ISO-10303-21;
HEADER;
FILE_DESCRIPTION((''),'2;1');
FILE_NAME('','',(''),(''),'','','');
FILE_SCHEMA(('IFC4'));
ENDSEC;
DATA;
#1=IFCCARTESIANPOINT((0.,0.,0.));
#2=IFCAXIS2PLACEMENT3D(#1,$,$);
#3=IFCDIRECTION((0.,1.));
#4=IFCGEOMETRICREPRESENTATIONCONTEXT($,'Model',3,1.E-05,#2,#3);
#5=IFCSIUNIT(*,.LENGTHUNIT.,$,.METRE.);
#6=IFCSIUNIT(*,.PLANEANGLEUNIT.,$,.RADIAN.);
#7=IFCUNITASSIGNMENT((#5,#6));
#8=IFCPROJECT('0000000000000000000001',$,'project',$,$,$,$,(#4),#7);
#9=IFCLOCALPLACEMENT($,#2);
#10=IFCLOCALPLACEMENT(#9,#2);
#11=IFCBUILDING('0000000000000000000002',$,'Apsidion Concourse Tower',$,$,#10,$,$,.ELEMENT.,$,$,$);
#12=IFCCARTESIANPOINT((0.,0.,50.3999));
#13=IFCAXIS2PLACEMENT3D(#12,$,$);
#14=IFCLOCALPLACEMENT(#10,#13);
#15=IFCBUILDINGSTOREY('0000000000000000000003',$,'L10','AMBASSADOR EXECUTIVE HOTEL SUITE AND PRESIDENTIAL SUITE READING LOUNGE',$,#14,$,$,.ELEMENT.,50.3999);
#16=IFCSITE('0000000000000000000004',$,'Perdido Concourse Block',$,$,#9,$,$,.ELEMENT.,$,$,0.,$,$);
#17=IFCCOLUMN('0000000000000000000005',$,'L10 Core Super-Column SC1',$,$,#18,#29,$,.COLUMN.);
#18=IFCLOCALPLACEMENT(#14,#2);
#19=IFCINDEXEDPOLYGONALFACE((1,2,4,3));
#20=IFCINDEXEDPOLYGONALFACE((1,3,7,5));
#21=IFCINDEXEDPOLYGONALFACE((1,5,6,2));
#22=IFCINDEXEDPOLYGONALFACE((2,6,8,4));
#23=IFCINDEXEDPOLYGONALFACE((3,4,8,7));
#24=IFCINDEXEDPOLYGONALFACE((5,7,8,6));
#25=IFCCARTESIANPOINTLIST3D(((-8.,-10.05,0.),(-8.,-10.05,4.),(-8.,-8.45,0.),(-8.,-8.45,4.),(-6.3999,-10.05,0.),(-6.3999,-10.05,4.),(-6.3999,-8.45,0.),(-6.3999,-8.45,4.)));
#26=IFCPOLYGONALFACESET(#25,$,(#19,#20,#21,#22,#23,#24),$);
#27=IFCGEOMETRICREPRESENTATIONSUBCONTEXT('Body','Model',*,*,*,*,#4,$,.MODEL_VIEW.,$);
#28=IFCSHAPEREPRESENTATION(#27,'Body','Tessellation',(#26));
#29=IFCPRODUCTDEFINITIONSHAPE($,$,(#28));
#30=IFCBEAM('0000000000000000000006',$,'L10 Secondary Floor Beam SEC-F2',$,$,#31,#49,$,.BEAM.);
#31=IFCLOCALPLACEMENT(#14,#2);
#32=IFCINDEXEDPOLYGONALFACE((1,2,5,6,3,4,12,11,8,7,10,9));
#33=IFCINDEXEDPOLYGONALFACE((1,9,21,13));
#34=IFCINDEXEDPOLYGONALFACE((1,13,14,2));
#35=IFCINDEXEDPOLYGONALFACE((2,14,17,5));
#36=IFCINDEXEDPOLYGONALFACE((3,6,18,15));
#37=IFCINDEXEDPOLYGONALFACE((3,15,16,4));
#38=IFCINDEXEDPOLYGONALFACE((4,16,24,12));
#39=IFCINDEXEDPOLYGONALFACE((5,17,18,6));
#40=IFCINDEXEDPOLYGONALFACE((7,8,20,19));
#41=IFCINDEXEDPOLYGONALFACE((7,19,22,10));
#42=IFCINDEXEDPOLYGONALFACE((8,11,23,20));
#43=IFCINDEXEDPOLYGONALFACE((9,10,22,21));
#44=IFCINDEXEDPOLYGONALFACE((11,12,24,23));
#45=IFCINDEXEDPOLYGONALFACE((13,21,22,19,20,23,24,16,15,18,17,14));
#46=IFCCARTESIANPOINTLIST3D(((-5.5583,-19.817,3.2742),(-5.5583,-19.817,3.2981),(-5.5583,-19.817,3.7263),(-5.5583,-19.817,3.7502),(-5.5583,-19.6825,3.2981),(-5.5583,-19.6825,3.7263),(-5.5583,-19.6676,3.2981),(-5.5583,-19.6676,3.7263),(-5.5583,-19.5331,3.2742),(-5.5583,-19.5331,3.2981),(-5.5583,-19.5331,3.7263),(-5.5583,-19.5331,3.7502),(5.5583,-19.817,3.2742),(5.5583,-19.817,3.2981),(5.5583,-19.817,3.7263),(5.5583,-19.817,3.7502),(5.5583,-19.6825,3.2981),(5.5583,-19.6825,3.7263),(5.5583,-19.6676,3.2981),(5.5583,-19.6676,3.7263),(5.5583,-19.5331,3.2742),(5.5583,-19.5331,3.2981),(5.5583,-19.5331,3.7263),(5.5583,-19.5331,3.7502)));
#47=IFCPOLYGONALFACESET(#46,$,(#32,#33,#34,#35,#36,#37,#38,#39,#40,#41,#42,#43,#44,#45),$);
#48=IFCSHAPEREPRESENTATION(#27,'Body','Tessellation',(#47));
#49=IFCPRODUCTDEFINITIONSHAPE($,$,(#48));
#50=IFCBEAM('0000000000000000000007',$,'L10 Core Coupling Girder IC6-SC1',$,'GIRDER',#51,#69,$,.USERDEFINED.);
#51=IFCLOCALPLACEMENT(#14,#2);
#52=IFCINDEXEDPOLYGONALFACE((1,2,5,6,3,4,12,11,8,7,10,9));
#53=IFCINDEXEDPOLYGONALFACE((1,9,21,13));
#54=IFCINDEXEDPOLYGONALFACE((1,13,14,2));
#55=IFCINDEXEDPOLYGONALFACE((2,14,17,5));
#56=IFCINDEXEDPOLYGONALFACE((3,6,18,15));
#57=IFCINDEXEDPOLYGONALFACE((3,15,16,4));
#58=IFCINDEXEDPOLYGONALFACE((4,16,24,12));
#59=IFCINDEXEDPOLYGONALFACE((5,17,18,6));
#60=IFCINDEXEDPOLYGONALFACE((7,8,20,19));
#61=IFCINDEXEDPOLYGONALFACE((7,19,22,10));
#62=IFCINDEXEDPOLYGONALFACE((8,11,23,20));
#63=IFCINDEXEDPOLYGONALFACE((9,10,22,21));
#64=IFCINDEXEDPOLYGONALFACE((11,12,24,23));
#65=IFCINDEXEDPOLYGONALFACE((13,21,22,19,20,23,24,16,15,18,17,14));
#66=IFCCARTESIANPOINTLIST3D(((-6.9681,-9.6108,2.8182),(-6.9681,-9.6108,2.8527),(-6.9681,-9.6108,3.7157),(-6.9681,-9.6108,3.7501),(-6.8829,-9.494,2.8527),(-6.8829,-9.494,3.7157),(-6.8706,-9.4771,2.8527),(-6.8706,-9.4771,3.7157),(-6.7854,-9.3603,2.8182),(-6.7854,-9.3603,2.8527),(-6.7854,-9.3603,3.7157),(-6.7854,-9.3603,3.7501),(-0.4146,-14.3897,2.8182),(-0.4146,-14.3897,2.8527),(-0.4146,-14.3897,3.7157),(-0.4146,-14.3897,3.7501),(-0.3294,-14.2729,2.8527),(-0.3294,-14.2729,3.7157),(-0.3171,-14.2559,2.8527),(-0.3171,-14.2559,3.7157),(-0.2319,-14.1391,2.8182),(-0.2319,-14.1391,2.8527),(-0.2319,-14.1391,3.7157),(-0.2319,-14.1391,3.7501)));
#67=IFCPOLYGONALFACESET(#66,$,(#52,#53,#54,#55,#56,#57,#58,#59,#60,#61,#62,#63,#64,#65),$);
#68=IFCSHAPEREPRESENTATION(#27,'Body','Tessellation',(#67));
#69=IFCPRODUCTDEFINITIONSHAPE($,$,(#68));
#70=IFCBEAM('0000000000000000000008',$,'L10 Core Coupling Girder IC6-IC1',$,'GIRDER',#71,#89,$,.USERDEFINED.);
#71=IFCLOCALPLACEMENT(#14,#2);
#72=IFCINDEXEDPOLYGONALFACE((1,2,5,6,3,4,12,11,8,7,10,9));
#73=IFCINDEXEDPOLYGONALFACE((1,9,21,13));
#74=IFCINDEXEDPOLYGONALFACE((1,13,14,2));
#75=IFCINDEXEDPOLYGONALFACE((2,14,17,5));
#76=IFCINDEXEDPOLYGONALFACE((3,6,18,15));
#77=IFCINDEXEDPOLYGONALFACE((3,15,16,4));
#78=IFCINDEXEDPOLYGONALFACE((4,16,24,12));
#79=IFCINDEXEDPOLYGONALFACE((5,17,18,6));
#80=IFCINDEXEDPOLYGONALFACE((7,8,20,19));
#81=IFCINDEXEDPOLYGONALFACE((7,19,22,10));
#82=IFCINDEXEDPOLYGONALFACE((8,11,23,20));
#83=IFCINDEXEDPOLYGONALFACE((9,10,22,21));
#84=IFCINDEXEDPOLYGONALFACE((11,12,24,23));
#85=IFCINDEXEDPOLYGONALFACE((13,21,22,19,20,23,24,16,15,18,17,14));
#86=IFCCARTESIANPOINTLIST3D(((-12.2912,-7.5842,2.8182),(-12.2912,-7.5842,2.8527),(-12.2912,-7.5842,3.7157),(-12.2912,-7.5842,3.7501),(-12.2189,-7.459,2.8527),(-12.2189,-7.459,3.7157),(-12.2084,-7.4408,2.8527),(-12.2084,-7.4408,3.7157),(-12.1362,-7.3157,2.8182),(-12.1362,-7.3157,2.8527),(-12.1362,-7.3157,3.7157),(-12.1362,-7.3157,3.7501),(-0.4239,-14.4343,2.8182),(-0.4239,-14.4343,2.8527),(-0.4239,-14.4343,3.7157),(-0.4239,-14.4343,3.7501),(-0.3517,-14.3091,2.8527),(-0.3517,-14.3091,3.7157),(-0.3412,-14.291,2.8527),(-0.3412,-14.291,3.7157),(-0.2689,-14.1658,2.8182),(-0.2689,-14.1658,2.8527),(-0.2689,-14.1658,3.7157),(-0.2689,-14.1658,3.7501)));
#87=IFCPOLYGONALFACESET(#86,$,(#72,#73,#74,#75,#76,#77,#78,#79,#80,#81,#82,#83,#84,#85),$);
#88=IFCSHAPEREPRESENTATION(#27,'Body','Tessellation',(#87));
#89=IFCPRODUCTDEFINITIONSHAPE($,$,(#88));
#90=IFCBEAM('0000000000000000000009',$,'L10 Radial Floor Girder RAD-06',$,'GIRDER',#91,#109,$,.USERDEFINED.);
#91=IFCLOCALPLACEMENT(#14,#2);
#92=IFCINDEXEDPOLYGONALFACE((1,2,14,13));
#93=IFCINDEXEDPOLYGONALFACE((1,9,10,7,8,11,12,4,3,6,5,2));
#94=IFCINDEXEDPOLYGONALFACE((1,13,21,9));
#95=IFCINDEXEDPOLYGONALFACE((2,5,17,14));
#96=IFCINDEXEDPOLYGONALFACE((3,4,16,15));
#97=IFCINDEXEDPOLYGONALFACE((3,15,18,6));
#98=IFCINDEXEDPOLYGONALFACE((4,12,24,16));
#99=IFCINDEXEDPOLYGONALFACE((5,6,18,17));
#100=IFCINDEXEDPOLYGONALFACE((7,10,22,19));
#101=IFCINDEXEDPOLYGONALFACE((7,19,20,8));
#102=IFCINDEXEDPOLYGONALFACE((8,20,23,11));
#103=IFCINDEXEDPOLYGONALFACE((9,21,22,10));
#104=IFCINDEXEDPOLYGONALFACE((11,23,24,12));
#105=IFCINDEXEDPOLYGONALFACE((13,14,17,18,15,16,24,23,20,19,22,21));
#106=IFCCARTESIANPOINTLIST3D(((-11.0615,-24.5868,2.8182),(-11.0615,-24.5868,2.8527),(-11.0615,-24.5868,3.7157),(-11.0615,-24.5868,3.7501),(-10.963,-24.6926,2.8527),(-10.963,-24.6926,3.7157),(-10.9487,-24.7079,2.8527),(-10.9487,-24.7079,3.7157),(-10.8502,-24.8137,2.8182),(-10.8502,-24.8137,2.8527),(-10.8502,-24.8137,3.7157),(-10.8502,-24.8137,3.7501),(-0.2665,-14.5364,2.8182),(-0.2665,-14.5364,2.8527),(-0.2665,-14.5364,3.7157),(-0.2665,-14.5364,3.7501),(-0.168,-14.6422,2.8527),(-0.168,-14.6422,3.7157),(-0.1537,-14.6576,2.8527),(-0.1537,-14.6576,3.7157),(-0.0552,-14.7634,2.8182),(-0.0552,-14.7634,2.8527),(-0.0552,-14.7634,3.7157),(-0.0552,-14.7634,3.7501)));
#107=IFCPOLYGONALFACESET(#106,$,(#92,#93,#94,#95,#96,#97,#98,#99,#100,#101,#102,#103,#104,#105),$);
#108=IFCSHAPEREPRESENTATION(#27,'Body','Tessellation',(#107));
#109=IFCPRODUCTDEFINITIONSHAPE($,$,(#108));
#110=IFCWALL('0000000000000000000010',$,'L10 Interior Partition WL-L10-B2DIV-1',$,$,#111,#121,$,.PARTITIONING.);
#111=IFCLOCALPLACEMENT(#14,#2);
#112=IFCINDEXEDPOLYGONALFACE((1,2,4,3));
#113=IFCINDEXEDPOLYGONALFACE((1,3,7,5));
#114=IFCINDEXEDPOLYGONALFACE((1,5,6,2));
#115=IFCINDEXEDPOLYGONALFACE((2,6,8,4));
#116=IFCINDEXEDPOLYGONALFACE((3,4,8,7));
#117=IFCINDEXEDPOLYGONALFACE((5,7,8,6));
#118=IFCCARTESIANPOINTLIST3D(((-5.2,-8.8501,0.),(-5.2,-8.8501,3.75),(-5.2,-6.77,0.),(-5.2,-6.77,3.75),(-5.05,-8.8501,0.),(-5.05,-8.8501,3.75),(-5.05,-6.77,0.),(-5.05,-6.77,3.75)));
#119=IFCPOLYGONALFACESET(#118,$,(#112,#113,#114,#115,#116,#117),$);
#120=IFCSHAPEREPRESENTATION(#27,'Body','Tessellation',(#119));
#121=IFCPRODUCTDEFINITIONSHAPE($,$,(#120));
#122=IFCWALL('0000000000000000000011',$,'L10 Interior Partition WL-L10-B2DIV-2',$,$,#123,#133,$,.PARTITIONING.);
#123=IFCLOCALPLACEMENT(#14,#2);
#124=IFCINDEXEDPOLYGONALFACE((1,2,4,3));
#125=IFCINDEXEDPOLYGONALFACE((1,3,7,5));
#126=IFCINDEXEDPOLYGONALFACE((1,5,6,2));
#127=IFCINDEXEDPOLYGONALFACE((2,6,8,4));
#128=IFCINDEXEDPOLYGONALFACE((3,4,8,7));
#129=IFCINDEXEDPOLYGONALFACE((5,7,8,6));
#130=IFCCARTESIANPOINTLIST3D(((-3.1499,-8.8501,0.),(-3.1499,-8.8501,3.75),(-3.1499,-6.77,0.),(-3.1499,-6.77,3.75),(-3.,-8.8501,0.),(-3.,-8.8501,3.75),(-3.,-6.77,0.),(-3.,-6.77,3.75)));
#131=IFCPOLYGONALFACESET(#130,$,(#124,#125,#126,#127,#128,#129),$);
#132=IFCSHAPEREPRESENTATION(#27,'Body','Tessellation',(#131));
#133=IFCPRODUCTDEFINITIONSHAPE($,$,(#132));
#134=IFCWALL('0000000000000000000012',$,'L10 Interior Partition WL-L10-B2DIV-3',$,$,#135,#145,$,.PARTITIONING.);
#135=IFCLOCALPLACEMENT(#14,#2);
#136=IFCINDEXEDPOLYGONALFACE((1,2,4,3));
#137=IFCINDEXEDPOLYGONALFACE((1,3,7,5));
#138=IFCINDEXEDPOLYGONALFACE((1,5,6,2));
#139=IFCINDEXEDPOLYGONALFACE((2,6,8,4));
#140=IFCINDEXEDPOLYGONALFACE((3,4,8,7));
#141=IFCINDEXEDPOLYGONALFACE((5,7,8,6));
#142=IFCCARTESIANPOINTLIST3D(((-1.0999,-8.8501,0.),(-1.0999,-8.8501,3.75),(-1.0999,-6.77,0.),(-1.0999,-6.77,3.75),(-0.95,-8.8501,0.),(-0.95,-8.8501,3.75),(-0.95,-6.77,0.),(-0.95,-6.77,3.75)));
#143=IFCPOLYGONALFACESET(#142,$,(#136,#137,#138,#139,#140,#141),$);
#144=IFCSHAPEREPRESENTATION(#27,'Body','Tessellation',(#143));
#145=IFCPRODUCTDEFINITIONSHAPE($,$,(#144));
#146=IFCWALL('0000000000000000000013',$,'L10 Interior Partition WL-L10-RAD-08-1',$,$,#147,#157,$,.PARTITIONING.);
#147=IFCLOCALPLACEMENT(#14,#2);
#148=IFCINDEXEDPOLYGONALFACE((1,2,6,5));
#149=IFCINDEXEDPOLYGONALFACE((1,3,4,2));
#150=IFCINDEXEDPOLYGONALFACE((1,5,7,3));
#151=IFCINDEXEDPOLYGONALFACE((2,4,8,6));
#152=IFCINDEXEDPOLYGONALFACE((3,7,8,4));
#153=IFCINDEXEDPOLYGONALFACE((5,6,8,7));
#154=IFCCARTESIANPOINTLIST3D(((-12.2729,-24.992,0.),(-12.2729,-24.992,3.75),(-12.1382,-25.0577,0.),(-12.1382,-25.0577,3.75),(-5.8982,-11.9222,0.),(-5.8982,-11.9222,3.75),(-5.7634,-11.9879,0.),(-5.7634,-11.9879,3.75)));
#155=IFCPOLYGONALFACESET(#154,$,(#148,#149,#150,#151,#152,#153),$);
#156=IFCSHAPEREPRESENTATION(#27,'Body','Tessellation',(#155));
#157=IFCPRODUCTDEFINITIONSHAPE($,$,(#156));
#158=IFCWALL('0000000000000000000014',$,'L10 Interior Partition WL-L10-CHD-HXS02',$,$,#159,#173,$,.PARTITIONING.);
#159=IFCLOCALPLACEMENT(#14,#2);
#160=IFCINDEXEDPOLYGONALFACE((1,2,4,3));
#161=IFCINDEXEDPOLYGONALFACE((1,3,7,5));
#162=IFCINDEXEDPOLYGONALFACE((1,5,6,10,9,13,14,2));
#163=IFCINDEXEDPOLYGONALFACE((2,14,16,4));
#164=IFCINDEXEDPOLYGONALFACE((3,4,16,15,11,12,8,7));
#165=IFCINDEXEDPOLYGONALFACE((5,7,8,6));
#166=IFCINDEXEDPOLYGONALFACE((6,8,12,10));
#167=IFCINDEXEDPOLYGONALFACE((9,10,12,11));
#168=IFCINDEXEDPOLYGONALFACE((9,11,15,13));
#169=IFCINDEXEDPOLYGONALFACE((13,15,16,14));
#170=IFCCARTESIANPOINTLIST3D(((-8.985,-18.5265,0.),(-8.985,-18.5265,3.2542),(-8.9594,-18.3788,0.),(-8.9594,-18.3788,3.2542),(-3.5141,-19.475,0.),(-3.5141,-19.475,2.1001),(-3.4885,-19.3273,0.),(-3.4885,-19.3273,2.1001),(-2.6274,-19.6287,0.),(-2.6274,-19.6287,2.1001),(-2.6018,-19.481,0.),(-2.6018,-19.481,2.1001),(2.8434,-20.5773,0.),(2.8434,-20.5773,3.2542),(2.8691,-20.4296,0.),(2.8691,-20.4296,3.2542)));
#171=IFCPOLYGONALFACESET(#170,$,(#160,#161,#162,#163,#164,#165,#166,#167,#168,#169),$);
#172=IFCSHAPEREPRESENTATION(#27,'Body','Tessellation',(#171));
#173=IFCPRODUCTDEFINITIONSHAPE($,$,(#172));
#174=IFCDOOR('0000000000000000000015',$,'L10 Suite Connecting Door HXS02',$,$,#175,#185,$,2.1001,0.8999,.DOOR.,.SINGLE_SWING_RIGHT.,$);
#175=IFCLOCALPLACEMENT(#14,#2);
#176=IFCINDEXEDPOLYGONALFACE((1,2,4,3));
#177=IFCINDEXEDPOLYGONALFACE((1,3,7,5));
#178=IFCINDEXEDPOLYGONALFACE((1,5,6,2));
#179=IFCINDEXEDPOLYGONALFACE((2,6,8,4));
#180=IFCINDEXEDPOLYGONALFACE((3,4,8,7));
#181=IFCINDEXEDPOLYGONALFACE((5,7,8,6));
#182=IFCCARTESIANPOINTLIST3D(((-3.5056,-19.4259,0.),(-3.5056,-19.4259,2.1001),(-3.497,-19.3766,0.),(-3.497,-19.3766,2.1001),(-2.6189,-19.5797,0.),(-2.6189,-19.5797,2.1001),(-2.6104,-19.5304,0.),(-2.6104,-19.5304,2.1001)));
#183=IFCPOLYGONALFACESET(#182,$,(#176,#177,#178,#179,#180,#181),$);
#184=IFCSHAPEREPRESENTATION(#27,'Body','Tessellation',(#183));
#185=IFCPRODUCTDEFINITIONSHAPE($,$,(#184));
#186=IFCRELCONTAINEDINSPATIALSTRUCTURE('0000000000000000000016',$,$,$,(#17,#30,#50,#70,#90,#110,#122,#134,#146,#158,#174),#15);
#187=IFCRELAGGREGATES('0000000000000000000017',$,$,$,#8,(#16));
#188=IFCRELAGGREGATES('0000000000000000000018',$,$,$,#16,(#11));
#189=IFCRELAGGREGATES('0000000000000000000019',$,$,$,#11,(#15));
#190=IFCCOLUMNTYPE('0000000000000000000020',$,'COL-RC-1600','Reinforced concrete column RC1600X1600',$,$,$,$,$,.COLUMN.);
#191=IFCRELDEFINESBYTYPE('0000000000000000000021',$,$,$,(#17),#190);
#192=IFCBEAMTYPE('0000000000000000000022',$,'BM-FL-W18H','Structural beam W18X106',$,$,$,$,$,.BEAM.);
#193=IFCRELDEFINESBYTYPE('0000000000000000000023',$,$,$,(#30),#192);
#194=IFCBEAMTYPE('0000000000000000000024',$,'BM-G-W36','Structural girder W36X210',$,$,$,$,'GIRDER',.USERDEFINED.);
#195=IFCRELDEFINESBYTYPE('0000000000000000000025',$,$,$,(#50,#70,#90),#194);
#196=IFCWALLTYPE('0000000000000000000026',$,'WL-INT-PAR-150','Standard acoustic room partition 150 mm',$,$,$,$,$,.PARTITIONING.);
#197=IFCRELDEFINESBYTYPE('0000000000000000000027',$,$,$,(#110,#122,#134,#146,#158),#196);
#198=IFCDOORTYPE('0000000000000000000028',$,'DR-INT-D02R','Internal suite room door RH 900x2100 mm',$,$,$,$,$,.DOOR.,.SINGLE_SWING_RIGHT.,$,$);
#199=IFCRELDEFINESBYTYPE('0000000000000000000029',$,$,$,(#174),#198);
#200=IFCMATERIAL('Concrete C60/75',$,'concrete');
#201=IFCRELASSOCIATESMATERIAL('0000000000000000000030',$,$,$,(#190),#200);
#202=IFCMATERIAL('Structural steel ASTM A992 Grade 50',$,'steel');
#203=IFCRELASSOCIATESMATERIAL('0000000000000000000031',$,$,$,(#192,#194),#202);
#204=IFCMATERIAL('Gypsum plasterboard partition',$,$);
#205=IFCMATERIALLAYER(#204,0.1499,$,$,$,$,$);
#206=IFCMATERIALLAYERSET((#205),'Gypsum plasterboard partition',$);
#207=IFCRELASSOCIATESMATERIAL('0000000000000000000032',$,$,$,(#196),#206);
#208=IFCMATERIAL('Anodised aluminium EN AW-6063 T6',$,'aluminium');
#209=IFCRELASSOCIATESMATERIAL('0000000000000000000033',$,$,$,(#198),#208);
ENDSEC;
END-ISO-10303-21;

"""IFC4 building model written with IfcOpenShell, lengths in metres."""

from ifc_helpers import new_model, si_unit, direction, frame, frame_2d, origin, origin_2d, place, context, subcontext, project, spatial, rectangle, i_section, extrude, material, layer, layer_set, material_profile, profile_set, type_object, element, fill, save


model = new_model("IFC4")

# Units and contexts
model_context = context("Model", 3, precision=1e-05, world=origin(), true_north=direction((0.0, 1.0)))
body_context = subcontext(model_context, "Body", "Model", "MODEL_VIEW")
ifc_project = project(units=[si_unit("LENGTHUNIT", "METRE"), si_unit("PLANEANGLEUNIT", "RADIAN")], contexts=[model_context])

# Site, building, storey
site_placement = place(None, origin())
site = spatial("IfcSite", under=ifc_project, at=site_placement, Name="Perdido Concourse Block", CompositionType="ELEMENT", RefElevation=0.0)
building_placement = place(site_placement, origin())
building = spatial("IfcBuilding", under=site, at=building_placement, Name="Apsidion Concourse Tower", CompositionType="ELEMENT")
storey_placement = place(building_placement, frame((0.0, 0.0, 50.3999)))
storey = spatial("IfcBuildingStorey", under=building, at=storey_placement, Name="L10", Description="AMBASSADOR EXECUTIVE HOTEL SUITE AND PRESIDENTIAL SUITE READING LOUNGE", CompositionType="ELEMENT", Elevation=50.3999)

# Column
ifc_material_1 = material(Name="Concrete C60/75", Category="concrete")
ifc_material_profile_1 = material_profile(ifc_material_1, rectangle(XDim=1.6001, YDim=1.6001, at=origin_2d()), Name="RC 1600x1600")
ifc_profile_set_1 = profile_set([ifc_material_profile_1], Name="Concrete C60/75")
column_type = type_object("IfcColumnType", Name="COL-RC-1600", Description="Reinforced concrete column RC1600X1600", PredefinedType="COLUMN", material=ifc_profile_set_1)
column_placement = place(storey_placement, frame((-7.2, -9.25, 0.0), z_axis=(0.0, 0.0, 1.0), x_axis=(1.0, 0.0, 0.0)))
element("IfcColumn", 1, at=column_placement, inside=storey, type_object=column_type, Name="L10 Core Super-Column SC1", PredefinedType="COLUMN", context=body_context, shape_type="SweptSolid", body=[
    extrude(rectangle(XDim=1.6001, YDim=1.6001, at=origin_2d()), origin(), (0.0, 0.0, 1.0), 4.0),
])

# Beams
ifc_material_2 = material(Name="Structural steel ASTM A992 Grade 50", Category="steel")
ifc_material_profile_2 = material_profile(ifc_material_2, i_section(OverallWidth=0.2839, OverallDepth=0.4761, WebThickness=0.0149, FlangeThickness=0.0239, at=origin_2d()), Name="W18X106")
ifc_profile_set_2 = profile_set([ifc_material_profile_2], Name="Structural steel ASTM A992 Grade 50")
beam_type_1 = type_object("IfcBeamType", Name="BM-FL-W18H", Description="Structural beam W18X106", PredefinedType="BEAM", material=ifc_profile_set_2)
beam_1_placement = place(storey_placement, frame((-5.5583, -19.675, 3.5122), z_axis=(1.0, 0.0, 0.0), x_axis=(0.0, 1.0, 0.0)))
element("IfcBeam", 2, at=beam_1_placement, inside=storey, type_object=beam_type_1, Name="L10 Secondary Floor Beam SEC-F2", PredefinedType="BEAM", context=body_context, shape_type="SweptSolid", body=[
    extrude(i_section(OverallWidth=0.2839, OverallDepth=0.4761, WebThickness=0.0149, FlangeThickness=0.0239, at=origin_2d()), origin(), (0.0, 0.0, 1.0), 11.1167),
])
ifc_material_profile_3 = material_profile(ifc_material_2, i_section(OverallWidth=0.3101, OverallDepth=0.9319, WebThickness=0.021, FlangeThickness=0.0344, at=origin_2d()), Name="W36X210")
ifc_profile_set_3 = profile_set([ifc_material_profile_3], Name="Structural steel ASTM A992 Grade 50")
beam_type_2 = type_object("IfcBeamType", Name="BM-G-W36", Description="Structural girder W36X210", ElementType="GIRDER", PredefinedType="USERDEFINED", material=ifc_profile_set_3)
beam_2_placement = place(storey_placement, frame((-0.3232, -14.2644, 3.2842), z_axis=(-0.807993, 0.589191, 0.0), x_axis=(-0.589191, -0.807993, 0.0)))
element("IfcBeam", 3, at=beam_2_placement, inside=storey, type_object=beam_type_2, Name="L10 Core Coupling Girder IC6-SC1", ObjectType="GIRDER", PredefinedType="USERDEFINED", context=body_context, shape_type="SweptSolid", body=[
    extrude(i_section(OverallWidth=0.3101, OverallDepth=0.9319, WebThickness=0.021, FlangeThickness=0.0344, at=origin_2d()), origin(), (0.0, 0.0, 1.0), 8.1108),
])
beam_3_placement = place(storey_placement, frame((-0.3464, -14.3, 3.2842), z_axis=(-0.86607, 0.499922, 0.0), x_axis=(-0.499922, -0.86607, 0.0)))
element("IfcBeam", 4, at=beam_3_placement, inside=storey, type_object=beam_type_2, Name="L10 Core Coupling Girder IC6-IC1", ObjectType="GIRDER", PredefinedType="USERDEFINED", context=body_context, shape_type="SweptSolid", body=[
    extrude(i_section(OverallWidth=0.3101, OverallDepth=0.9319, WebThickness=0.021, FlangeThickness=0.0344, at=origin_2d()), origin(), (0.0, 0.0, 1.0), 13.7024),
])
beam_4_placement = place(storey_placement, frame((-0.1609, -14.6499, 3.2842), z_axis=(-0.731899, -0.681413, 0.0), x_axis=(0.681413, -0.731899, 0.0)))
element("IfcBeam", 5, at=beam_4_placement, inside=storey, type_object=beam_type_2, Name="L10 Radial Floor Girder RAD-06", ObjectType="GIRDER", PredefinedType="USERDEFINED", context=body_context, shape_type="SweptSolid", body=[
    extrude(i_section(OverallWidth=0.3101, OverallDepth=0.9319, WebThickness=0.021, FlangeThickness=0.0344, at=origin_2d()), origin(), (0.0, 0.0, 1.0), 14.7493),
])

# Walls
ifc_material_3 = material(Name="Gypsum plasterboard partition")
ifc_layer_1 = layer(ifc_material_3, 0.1499)
ifc_layer_set_1 = layer_set([ifc_layer_1], Name="Gypsum plasterboard partition")
wall_type_1 = type_object("IfcWallType", Name="WL-INT-PAR-150", Description="Standard acoustic room partition 150 mm", PredefinedType="PARTITIONING", material=ifc_layer_set_1)
for number, where, z_axis, x_axis, name in (
    (6, (-5.125, -8.8501, 0.0), (0.0, 0.0, 1.0), (0.0, 1.0, 0.0), "L10 Interior Partition WL-L10-B2DIV-1"),
    (7, (-3.075, -8.8501, 0.0), (0.0, 0.0, 1.0), (0.0, 1.0, 0.0), "L10 Interior Partition WL-L10-B2DIV-2"),
    (8, (-1.0249, -8.8501, 0.0), (0.0, 0.0, 1.0), (0.0, 1.0, 0.0), "L10 Interior Partition WL-L10-B2DIV-3"),
):
    element("IfcWall", number, at=place(storey_placement, frame(where, z_axis=z_axis, x_axis=x_axis)), inside=storey, type_object=wall_type_1, Name=name, PredefinedType="PARTITIONING", context=body_context, shape_type="SweptSolid", body=[
        extrude(rectangle(XDim=2.0801, YDim=0.1499, at=frame_2d((1.04, 0.0))), origin(), (0.0, 0.0, 1.0), 3.75),
    ])
wall_1_placement = place(storey_placement, frame((-5.8308, -11.9551, 0.0), z_axis=(0.0, 0.0, 1.0), x_axis=(-0.438381, -0.898789, 0.0)))
element("IfcWall", 9, at=wall_1_placement, inside=storey, type_object=wall_type_1, Name="L10 Interior Partition WL-L10-RAD-08-1", PredefinedType="PARTITIONING", context=body_context, shape_type="SweptSolid", body=[
    extrude(rectangle(XDim=14.5415, YDim=0.1499, at=frame_2d((7.2708, 0.0))), origin(), (0.0, 0.0, 1.0), 3.75),
])

# Wall, opening, door
wall_2_placement = place(storey_placement, frame((-8.9722, -18.4526, 0.0), z_axis=(0.0, 0.0, 1.0), x_axis=(0.985301, -0.17083, 0.0)))
wall_2 = element("IfcWall", 10, at=wall_2_placement, inside=storey, type_object=wall_type_1, Name="L10 Interior Partition WL-L10-CHD-HXS02", PredefinedType="PARTITIONING", context=body_context, shape_type="SweptSolid", body=[
    extrude(rectangle(XDim=12.0049, YDim=0.1499, at=frame_2d((6.0024, 0.0))), origin(), (0.0, 0.0, 1.0), 3.2542),
])
opening_1_placement = place(wall_2_placement, frame((5.5525, 0.0, 0.0)))
opening_1 = element("IfcOpeningElement", 11, at=opening_1_placement, cuts=wall_2, PredefinedType="OPENING", context=body_context, shape_type="SweptSolid", body=[
    extrude(rectangle(XDim=0.8999, YDim=2.1001, at=frame_2d((0.45, 1.05))), frame((0.0, 0.085, 0.0), z_axis=(0.0, -1.0, 0.0), x_axis=(1.0, 0.0, 0.0)), (0.0, 0.0, 1.0), 0.1699),
])
ifc_material_4 = material(Name="Anodised aluminium EN AW-6063 T6", Category="aluminium")
door_type_1 = type_object("IfcDoorType", Name="DR-INT-D02R", Description="Internal suite room door RH 900x2100 mm", OperationType="SINGLE_SWING_RIGHT", PredefinedType="DOOR", material=ifc_material_4)
door_1_placement = place(opening_1_placement, origin())
door_1 = element("IfcDoor", 12, at=door_1_placement, inside=storey, type_object=door_type_1, Name="L10 Suite Connecting Door HXS02", OperationType="SINGLE_SWING_RIGHT", OverallHeight=2.1001, OverallWidth=0.8999, PredefinedType="DOOR", context=body_context, shape_type="SweptSolid", body=[
    extrude(rectangle(XDim=0.8999, YDim=2.1001, at=frame_2d((0.45, 1.05))), frame((0.0, 0.0249, 0.0), z_axis=(0.0, -1.0, 0.0), x_axis=(1.0, 0.0, 0.0)), (0.0, 0.0, 1.0), 0.05),
])
fill(opening_1, door_1)

save(model, "model.ifc")
